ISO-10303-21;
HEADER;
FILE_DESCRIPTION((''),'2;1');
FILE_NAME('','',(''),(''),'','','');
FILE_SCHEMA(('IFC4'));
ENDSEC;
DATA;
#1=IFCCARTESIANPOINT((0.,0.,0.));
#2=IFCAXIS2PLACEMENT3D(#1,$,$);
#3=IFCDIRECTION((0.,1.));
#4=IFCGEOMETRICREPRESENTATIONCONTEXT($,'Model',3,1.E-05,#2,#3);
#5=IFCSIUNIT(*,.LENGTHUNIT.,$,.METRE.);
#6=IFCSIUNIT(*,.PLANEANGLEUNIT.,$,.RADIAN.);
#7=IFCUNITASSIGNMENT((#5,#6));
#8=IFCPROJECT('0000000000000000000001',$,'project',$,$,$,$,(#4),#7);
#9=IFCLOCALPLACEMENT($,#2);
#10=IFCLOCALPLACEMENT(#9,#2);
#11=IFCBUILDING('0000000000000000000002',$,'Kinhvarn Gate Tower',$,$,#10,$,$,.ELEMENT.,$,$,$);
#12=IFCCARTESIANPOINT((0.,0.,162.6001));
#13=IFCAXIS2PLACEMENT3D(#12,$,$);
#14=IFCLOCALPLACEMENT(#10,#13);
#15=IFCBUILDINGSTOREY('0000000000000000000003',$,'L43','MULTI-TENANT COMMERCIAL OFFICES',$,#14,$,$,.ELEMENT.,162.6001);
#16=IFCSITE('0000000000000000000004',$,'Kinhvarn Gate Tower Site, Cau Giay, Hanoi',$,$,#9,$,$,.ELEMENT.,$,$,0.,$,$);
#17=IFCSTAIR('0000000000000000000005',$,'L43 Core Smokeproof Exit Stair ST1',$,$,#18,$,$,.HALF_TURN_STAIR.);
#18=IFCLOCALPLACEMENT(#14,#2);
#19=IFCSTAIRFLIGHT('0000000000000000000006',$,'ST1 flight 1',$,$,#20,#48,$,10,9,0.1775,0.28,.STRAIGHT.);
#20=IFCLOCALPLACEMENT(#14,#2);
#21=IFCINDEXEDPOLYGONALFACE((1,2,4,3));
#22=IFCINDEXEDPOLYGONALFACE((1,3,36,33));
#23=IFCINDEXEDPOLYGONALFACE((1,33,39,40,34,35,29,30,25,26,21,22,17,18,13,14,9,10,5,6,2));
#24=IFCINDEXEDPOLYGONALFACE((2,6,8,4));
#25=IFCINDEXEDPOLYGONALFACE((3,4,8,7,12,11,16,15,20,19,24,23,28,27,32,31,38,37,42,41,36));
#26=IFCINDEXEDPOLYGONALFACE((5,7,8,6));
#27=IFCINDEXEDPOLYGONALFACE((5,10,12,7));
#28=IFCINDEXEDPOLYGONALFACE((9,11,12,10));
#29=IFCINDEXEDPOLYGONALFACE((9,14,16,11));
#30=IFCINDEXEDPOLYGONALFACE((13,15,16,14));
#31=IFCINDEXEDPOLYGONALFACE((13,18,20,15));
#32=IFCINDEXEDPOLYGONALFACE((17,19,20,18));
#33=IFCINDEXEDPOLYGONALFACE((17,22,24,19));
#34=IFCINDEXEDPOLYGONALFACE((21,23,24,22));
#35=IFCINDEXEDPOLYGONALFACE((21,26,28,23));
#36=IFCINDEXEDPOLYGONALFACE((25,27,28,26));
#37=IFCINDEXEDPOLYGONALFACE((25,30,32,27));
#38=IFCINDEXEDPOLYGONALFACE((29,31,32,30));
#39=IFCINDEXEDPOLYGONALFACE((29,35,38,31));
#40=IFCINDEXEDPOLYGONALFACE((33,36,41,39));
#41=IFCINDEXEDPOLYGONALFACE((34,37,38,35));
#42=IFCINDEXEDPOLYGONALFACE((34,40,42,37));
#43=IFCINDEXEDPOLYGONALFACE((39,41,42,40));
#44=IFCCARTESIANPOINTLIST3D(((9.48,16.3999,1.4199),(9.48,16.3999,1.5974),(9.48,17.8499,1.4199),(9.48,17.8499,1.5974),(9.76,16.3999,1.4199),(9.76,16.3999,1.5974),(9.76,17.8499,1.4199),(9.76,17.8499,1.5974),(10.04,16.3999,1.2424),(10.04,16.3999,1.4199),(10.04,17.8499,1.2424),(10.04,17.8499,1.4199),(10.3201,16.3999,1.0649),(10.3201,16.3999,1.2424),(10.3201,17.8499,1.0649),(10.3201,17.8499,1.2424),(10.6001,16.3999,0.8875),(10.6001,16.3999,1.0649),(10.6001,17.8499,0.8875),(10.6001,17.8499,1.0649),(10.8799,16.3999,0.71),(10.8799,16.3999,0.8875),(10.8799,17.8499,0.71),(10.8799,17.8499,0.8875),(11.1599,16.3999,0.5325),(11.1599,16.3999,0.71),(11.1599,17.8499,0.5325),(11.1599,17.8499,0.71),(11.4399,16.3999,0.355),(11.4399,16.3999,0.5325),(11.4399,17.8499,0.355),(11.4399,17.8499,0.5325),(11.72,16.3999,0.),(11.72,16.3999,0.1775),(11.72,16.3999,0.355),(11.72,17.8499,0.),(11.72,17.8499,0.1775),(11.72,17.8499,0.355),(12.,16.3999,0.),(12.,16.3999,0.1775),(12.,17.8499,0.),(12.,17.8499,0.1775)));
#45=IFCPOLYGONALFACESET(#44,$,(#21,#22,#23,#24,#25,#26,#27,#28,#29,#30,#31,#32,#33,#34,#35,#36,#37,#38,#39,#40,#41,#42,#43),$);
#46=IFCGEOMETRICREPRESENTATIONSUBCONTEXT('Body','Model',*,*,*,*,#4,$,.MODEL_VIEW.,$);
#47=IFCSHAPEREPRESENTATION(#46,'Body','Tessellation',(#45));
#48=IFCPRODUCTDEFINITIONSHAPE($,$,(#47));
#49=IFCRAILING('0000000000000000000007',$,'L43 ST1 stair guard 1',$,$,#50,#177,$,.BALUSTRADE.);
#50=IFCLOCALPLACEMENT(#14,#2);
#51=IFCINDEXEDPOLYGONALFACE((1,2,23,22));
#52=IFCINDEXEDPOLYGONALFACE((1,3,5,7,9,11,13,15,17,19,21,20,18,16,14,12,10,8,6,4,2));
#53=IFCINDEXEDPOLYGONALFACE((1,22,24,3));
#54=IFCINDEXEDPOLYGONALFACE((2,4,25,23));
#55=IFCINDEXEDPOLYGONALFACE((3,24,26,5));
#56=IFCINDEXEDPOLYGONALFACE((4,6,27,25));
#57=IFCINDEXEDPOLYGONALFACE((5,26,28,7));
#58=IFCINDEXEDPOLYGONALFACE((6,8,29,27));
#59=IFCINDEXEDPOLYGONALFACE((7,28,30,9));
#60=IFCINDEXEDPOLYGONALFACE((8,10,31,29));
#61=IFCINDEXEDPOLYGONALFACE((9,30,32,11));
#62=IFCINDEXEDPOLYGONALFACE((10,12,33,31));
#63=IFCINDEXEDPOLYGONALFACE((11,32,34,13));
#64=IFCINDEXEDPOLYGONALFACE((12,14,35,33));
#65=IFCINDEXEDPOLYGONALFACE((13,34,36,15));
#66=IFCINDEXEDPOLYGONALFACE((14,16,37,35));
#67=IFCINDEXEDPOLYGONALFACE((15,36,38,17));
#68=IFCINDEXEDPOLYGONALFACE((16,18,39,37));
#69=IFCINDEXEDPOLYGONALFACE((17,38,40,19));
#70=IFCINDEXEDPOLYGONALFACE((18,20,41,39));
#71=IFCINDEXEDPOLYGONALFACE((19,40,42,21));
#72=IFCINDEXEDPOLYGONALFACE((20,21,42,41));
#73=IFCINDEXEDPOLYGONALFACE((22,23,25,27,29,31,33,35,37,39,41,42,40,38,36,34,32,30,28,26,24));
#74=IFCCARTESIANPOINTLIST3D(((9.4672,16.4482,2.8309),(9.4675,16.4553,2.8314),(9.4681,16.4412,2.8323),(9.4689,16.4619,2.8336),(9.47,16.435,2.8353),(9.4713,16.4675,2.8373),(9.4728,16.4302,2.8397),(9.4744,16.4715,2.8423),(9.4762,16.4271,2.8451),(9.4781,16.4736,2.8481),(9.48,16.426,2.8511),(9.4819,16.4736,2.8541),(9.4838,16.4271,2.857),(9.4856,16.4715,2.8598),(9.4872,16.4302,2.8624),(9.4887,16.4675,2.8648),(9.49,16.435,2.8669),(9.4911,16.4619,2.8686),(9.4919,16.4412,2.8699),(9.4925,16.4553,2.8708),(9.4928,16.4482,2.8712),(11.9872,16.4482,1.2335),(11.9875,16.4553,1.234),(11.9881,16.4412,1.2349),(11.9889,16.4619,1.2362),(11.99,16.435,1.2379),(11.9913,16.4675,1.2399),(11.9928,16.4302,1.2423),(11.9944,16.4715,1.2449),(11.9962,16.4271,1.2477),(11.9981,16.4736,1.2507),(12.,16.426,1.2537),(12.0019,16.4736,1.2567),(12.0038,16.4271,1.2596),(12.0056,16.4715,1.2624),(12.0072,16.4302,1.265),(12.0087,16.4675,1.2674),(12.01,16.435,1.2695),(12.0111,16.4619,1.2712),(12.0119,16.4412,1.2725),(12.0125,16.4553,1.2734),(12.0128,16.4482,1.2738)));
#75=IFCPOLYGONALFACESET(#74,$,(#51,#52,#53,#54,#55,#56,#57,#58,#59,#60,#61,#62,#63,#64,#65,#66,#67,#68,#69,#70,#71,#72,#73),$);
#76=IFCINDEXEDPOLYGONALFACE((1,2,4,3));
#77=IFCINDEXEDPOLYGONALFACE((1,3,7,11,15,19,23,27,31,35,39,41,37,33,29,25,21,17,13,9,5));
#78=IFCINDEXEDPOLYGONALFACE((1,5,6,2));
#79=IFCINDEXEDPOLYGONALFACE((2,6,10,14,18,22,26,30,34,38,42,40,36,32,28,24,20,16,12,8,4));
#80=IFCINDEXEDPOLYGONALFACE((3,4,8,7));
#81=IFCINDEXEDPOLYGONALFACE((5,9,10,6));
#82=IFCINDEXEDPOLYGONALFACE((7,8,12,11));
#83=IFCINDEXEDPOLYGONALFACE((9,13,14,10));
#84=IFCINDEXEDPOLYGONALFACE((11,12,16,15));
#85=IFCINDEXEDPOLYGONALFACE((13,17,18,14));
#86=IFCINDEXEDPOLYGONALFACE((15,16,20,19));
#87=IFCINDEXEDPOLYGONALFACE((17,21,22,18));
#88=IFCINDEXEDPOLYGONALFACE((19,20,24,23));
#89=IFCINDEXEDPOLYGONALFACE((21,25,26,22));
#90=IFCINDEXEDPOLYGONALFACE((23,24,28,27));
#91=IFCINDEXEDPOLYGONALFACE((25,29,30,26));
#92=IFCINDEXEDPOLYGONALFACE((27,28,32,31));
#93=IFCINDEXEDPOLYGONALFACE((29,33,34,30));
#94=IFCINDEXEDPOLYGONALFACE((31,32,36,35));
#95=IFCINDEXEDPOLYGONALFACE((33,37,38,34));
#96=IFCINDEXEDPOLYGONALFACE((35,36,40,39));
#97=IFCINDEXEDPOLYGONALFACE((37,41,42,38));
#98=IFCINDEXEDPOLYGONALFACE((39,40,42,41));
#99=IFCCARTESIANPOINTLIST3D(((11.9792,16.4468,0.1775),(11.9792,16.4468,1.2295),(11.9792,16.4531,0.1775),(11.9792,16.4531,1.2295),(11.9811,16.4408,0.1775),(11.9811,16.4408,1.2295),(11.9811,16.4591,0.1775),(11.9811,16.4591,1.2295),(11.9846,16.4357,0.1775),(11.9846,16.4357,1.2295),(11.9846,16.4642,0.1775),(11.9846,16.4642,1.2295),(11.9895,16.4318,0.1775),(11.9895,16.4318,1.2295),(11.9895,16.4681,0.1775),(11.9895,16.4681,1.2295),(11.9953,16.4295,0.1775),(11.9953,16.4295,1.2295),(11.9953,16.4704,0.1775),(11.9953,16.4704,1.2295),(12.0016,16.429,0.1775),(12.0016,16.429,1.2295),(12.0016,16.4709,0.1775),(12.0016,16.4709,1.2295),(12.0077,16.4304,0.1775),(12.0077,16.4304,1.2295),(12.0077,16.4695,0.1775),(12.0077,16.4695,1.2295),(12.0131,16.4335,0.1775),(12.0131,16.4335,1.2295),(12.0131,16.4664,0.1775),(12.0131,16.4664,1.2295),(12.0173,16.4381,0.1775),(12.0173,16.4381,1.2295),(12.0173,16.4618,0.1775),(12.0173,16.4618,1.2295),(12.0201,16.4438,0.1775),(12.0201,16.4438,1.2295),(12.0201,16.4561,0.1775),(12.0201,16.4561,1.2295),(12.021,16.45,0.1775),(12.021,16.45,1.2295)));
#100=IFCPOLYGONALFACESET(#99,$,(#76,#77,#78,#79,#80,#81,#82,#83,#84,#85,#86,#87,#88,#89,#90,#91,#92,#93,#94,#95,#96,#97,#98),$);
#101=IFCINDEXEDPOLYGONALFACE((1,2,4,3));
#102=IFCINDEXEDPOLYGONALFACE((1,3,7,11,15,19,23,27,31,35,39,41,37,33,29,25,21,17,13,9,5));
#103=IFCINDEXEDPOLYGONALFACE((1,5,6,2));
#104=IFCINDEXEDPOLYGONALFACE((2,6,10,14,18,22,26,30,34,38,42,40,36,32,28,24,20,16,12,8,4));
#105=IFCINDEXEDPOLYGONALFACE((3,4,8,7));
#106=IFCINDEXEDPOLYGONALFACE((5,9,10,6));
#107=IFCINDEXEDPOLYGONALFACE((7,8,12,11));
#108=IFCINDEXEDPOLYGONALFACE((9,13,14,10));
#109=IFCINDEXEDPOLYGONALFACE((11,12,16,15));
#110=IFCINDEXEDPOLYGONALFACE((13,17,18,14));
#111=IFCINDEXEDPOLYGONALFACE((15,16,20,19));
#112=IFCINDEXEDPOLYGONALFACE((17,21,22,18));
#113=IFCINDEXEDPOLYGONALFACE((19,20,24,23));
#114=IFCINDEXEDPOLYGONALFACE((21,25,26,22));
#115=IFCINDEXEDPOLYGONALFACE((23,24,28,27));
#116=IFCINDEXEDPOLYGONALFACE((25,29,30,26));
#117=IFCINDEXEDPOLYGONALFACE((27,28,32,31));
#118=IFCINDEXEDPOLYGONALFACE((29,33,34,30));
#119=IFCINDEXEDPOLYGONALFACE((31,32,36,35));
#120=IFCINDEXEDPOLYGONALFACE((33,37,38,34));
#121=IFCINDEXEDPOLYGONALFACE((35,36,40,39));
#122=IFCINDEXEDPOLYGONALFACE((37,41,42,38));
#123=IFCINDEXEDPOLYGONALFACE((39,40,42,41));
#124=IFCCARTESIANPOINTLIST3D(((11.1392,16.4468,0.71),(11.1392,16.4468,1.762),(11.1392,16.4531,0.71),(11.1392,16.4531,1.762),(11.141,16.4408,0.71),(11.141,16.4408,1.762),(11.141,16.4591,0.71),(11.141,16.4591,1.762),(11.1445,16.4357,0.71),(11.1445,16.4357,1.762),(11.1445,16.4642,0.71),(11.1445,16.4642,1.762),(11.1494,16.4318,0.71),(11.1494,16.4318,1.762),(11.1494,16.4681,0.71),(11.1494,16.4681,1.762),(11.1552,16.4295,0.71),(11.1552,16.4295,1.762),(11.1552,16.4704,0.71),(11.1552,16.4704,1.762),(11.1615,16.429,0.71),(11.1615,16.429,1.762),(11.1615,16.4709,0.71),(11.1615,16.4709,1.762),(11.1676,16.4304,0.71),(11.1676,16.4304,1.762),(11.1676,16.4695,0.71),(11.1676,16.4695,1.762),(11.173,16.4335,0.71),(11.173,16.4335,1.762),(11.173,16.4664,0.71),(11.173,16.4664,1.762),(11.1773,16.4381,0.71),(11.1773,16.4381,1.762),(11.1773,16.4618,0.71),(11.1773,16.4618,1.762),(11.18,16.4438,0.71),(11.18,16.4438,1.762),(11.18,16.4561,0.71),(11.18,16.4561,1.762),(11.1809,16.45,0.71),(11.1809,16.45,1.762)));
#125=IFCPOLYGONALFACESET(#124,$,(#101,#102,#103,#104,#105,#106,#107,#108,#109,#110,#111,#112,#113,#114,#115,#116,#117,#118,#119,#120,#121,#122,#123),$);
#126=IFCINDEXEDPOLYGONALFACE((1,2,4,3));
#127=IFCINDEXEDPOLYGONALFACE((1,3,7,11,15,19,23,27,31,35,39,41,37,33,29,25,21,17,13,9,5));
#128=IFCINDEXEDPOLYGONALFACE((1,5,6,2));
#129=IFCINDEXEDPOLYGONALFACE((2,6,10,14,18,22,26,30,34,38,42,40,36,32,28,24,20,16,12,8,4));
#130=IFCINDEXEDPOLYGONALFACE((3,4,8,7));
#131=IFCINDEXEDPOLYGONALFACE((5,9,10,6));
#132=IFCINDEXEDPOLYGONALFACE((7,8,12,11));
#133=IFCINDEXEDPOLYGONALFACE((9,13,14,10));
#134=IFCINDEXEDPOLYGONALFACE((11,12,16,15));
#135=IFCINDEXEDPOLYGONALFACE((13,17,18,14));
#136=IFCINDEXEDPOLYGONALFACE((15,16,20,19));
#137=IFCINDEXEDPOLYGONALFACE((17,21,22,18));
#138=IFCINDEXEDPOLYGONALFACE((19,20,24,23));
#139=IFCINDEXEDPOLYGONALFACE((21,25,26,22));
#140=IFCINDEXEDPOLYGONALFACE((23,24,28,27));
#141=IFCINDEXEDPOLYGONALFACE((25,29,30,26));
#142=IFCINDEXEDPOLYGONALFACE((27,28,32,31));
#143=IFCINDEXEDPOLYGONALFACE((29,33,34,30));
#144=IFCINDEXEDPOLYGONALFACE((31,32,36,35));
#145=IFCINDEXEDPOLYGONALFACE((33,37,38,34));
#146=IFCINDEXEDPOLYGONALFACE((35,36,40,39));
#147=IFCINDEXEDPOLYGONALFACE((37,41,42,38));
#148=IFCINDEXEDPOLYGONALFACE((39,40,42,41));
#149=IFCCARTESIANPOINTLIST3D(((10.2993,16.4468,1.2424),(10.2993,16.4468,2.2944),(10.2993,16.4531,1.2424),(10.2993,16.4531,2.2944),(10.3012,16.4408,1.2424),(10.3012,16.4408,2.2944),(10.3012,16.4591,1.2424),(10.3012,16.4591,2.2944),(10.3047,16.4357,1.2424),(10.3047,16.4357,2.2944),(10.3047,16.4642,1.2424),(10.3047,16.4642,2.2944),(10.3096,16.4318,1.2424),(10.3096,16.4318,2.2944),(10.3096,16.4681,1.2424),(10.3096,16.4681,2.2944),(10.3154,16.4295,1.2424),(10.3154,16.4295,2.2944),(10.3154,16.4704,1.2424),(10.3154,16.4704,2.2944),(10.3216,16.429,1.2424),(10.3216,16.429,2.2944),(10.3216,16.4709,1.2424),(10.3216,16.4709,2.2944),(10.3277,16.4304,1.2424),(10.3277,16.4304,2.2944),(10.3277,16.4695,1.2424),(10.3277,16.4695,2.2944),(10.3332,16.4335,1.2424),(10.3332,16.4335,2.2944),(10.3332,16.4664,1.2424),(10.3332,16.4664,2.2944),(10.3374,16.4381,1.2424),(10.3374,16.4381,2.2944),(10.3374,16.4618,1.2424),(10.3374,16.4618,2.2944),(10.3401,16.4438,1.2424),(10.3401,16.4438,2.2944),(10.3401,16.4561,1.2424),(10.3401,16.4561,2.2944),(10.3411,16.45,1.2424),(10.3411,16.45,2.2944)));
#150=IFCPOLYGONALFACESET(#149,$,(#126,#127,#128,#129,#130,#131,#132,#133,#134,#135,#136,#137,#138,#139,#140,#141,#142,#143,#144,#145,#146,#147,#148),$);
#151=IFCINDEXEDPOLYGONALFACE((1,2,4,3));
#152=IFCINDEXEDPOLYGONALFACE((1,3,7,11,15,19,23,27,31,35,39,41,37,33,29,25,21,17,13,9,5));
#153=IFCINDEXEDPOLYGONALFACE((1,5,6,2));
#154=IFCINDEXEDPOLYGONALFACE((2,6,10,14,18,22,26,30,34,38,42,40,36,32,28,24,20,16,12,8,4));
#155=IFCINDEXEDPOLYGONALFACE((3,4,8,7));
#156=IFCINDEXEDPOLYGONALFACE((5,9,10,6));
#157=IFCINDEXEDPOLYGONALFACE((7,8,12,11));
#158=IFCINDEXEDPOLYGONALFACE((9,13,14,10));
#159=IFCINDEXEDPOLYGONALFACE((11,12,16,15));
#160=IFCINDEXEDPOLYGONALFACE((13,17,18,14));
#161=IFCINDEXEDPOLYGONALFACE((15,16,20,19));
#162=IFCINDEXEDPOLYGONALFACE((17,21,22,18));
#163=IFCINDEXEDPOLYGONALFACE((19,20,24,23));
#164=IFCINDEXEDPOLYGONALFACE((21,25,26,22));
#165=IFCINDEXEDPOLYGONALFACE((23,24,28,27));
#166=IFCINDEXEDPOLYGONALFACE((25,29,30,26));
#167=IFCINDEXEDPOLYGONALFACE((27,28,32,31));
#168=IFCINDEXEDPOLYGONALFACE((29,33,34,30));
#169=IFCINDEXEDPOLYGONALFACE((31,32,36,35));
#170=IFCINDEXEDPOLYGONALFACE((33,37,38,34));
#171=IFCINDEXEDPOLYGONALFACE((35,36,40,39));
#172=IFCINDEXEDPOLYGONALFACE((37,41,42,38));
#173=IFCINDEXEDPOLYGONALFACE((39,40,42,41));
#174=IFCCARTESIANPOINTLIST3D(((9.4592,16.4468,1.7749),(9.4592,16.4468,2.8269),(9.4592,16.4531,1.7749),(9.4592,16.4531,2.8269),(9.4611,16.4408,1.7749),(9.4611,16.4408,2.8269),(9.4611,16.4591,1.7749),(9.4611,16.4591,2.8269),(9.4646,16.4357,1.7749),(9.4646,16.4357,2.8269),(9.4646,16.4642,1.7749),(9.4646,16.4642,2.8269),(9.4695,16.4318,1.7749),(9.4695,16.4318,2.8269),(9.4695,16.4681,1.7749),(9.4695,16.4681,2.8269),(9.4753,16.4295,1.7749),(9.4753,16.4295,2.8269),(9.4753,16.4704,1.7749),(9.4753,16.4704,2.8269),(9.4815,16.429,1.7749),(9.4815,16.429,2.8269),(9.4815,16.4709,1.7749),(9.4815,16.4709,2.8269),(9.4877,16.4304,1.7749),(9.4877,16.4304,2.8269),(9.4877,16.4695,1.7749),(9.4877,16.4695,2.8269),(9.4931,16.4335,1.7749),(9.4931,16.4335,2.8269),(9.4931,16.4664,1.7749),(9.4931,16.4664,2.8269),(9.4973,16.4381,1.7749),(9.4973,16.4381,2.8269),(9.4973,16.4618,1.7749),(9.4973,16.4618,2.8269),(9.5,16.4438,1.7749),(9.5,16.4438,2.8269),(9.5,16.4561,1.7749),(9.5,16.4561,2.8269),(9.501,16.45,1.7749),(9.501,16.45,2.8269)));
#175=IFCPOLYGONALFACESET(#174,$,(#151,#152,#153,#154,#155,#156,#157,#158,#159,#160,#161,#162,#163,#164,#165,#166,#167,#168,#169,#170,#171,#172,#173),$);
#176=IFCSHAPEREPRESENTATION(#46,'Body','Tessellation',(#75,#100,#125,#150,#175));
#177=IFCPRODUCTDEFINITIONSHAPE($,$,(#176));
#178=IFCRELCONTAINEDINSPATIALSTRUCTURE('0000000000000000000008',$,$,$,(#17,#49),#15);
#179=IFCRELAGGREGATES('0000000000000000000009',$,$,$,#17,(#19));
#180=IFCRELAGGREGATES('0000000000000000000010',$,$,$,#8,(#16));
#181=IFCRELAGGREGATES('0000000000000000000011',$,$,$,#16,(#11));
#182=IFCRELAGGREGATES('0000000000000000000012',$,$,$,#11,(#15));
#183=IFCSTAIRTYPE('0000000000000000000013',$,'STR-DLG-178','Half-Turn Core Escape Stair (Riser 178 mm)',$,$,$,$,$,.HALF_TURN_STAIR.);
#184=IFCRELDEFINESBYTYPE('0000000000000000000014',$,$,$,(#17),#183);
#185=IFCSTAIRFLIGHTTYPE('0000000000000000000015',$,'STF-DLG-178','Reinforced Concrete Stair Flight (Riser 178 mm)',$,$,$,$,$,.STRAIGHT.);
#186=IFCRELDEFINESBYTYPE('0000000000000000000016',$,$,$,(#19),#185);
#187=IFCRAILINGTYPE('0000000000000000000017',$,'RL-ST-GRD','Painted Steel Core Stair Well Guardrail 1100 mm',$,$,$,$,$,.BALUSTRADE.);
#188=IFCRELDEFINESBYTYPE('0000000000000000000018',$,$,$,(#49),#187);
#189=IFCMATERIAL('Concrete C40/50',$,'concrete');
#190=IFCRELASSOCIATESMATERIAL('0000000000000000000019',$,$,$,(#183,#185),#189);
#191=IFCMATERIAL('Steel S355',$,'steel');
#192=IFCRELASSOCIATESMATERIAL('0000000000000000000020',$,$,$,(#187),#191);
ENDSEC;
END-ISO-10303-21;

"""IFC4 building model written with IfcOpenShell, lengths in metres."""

from ifc_helpers import new_model, si_unit, direction, frame, origin, origin_2d, place, context, subcontext, project, spatial, polyline, circle, outline, extrude, material, type_object, element, aggregate, save


model = new_model("IFC4")

# Units and contexts
model_context = context("Model", 3, precision=1e-05, world=origin(), true_north=direction((0.0, 1.0)))
body_context = subcontext(model_context, "Body", "Model", "MODEL_VIEW")
ifc_project = project(units=[si_unit("LENGTHUNIT", "METRE"), si_unit("PLANEANGLEUNIT", "RADIAN")], contexts=[model_context])

# Site, building, storey
site_placement = place(None, origin())
site = spatial("IfcSite", under=ifc_project, at=site_placement, Name="Kinhvarn Gate Tower Site, Cau Giay, Hanoi", CompositionType="ELEMENT", RefElevation=0.0)
building_placement = place(site_placement, origin())
building = spatial("IfcBuilding", under=site, at=building_placement, Name="Kinhvarn Gate Tower", CompositionType="ELEMENT")
storey_placement = place(building_placement, frame((0.0, 0.0, 162.6001)))
storey = spatial("IfcBuildingStorey", under=building, at=storey_placement, Name="L43", Description="MULTI-TENANT COMMERCIAL OFFICES", CompositionType="ELEMENT", Elevation=162.6001)

# Shared definitions
ifc_material_1 = material(Name="Steel S355", Category="steel")

# Shared definitions
ifc_material_2 = material(Name="Concrete C40/50", Category="concrete")

# Stair, stair flight
stair_type = type_object("IfcStairType", Name="STR-DLG-178", Description="Half-Turn Core Escape Stair (Riser 178 mm)", PredefinedType="HALF_TURN_STAIR", material=ifc_material_2)
stair_placement = place(storey_placement, origin())
stair = element("IfcStair", 1, at=stair_placement, inside=storey, type_object=stair_type, Name="L43 Core Smokeproof Exit Stair ST1", PredefinedType="HALF_TURN_STAIR")
stair_flight_type = type_object("IfcStairFlightType", Name="STF-DLG-178", Description="Reinforced Concrete Stair Flight (Riser 178 mm)", PredefinedType="STRAIGHT", material=ifc_material_2)
stair_flight_placement = place(storey_placement, frame((12.0, 17.125, 0.0), z_axis=(0.0, 0.0, 1.0), x_axis=(-1.0, 0.0, 0.0)))
stair_flight = element("IfcStairFlight", 2, at=stair_flight_placement, type_object=stair_flight_type, Name="ST1 flight 1", NumberOfRisers=10, NumberOfTreads=9, PredefinedType="STRAIGHT", RiserHeight=0.1775, TreadLength=0.28, context=body_context, shape_type="SweptSolid", body=[
    extrude(outline(polyline([(0.0, 0.0), (0.0, 0.1775), (0.28, 0.1775), (0.28, 0.355), (0.5601, 0.355), (0.5601, 0.5325), (0.8401, 0.5325), (0.8401, 0.71), (1.1201, 0.71), (1.1201, 0.8875), (1.3999, 0.8875), (1.3999, 1.0649), (1.6799, 1.0649), (1.6799, 1.2424), (1.96, 1.2424), (1.96, 1.4199), (2.24, 1.4199), (2.24, 1.5974), (2.52, 1.5974), (2.52, 1.7749), (2.52, 1.4199), (0.28, 0.0), (0.0, 0.0)])), frame((0.0, 0.7251, 0.0), z_axis=(0.0, -1.0, 0.0), x_axis=(1.0, 0.0, 0.0)), (0.0, 0.0, 1.0), 1.45),
])
aggregate(stair, [stair_flight])

# Railing
railing_type_1 = type_object("IfcRailingType", Name="RL-ST-GRD", Description="Painted Steel Core Stair Well Guardrail 1100 mm", PredefinedType="BALUSTRADE", material=ifc_material_1)
railing_1_placement = place(storey_placement, frame((12.0, 16.45, 0.1775)))
element("IfcRailing", 3, at=railing_1_placement, inside=storey, type_object=railing_type_1, Name="L43 ST1 stair guard 1", PredefinedType="BALUSTRADE", context=body_context, shape_type="SweptSolid", body=[
    extrude(circle(Radius=0.0239, at=origin_2d()), frame((0.0, 0.0, 1.0762), z_axis=(-0.844607, 0.0, 0.535387), x_axis=(0.0, -1.0, 0.0)), (0.0, 0.0, 1.0), 2.9836),
    extrude(circle(Radius=0.021, at=origin_2d()), origin(), (0.0, 0.0, 1.0), 1.052),
    extrude(circle(Radius=0.021, at=origin_2d()), frame((-0.8401, 0.0, 0.5325)), (0.0, 0.0, 1.0), 1.052),
    extrude(circle(Radius=0.021, at=origin_2d()), frame((-1.6799, 0.0, 1.0649)), (0.0, 0.0, 1.0), 1.052),
    extrude(circle(Radius=0.021, at=origin_2d()), frame((-2.52, 0.0, 1.5974)), (0.0, 0.0, 1.0), 1.052),
])

save(model, "model.ifc")
